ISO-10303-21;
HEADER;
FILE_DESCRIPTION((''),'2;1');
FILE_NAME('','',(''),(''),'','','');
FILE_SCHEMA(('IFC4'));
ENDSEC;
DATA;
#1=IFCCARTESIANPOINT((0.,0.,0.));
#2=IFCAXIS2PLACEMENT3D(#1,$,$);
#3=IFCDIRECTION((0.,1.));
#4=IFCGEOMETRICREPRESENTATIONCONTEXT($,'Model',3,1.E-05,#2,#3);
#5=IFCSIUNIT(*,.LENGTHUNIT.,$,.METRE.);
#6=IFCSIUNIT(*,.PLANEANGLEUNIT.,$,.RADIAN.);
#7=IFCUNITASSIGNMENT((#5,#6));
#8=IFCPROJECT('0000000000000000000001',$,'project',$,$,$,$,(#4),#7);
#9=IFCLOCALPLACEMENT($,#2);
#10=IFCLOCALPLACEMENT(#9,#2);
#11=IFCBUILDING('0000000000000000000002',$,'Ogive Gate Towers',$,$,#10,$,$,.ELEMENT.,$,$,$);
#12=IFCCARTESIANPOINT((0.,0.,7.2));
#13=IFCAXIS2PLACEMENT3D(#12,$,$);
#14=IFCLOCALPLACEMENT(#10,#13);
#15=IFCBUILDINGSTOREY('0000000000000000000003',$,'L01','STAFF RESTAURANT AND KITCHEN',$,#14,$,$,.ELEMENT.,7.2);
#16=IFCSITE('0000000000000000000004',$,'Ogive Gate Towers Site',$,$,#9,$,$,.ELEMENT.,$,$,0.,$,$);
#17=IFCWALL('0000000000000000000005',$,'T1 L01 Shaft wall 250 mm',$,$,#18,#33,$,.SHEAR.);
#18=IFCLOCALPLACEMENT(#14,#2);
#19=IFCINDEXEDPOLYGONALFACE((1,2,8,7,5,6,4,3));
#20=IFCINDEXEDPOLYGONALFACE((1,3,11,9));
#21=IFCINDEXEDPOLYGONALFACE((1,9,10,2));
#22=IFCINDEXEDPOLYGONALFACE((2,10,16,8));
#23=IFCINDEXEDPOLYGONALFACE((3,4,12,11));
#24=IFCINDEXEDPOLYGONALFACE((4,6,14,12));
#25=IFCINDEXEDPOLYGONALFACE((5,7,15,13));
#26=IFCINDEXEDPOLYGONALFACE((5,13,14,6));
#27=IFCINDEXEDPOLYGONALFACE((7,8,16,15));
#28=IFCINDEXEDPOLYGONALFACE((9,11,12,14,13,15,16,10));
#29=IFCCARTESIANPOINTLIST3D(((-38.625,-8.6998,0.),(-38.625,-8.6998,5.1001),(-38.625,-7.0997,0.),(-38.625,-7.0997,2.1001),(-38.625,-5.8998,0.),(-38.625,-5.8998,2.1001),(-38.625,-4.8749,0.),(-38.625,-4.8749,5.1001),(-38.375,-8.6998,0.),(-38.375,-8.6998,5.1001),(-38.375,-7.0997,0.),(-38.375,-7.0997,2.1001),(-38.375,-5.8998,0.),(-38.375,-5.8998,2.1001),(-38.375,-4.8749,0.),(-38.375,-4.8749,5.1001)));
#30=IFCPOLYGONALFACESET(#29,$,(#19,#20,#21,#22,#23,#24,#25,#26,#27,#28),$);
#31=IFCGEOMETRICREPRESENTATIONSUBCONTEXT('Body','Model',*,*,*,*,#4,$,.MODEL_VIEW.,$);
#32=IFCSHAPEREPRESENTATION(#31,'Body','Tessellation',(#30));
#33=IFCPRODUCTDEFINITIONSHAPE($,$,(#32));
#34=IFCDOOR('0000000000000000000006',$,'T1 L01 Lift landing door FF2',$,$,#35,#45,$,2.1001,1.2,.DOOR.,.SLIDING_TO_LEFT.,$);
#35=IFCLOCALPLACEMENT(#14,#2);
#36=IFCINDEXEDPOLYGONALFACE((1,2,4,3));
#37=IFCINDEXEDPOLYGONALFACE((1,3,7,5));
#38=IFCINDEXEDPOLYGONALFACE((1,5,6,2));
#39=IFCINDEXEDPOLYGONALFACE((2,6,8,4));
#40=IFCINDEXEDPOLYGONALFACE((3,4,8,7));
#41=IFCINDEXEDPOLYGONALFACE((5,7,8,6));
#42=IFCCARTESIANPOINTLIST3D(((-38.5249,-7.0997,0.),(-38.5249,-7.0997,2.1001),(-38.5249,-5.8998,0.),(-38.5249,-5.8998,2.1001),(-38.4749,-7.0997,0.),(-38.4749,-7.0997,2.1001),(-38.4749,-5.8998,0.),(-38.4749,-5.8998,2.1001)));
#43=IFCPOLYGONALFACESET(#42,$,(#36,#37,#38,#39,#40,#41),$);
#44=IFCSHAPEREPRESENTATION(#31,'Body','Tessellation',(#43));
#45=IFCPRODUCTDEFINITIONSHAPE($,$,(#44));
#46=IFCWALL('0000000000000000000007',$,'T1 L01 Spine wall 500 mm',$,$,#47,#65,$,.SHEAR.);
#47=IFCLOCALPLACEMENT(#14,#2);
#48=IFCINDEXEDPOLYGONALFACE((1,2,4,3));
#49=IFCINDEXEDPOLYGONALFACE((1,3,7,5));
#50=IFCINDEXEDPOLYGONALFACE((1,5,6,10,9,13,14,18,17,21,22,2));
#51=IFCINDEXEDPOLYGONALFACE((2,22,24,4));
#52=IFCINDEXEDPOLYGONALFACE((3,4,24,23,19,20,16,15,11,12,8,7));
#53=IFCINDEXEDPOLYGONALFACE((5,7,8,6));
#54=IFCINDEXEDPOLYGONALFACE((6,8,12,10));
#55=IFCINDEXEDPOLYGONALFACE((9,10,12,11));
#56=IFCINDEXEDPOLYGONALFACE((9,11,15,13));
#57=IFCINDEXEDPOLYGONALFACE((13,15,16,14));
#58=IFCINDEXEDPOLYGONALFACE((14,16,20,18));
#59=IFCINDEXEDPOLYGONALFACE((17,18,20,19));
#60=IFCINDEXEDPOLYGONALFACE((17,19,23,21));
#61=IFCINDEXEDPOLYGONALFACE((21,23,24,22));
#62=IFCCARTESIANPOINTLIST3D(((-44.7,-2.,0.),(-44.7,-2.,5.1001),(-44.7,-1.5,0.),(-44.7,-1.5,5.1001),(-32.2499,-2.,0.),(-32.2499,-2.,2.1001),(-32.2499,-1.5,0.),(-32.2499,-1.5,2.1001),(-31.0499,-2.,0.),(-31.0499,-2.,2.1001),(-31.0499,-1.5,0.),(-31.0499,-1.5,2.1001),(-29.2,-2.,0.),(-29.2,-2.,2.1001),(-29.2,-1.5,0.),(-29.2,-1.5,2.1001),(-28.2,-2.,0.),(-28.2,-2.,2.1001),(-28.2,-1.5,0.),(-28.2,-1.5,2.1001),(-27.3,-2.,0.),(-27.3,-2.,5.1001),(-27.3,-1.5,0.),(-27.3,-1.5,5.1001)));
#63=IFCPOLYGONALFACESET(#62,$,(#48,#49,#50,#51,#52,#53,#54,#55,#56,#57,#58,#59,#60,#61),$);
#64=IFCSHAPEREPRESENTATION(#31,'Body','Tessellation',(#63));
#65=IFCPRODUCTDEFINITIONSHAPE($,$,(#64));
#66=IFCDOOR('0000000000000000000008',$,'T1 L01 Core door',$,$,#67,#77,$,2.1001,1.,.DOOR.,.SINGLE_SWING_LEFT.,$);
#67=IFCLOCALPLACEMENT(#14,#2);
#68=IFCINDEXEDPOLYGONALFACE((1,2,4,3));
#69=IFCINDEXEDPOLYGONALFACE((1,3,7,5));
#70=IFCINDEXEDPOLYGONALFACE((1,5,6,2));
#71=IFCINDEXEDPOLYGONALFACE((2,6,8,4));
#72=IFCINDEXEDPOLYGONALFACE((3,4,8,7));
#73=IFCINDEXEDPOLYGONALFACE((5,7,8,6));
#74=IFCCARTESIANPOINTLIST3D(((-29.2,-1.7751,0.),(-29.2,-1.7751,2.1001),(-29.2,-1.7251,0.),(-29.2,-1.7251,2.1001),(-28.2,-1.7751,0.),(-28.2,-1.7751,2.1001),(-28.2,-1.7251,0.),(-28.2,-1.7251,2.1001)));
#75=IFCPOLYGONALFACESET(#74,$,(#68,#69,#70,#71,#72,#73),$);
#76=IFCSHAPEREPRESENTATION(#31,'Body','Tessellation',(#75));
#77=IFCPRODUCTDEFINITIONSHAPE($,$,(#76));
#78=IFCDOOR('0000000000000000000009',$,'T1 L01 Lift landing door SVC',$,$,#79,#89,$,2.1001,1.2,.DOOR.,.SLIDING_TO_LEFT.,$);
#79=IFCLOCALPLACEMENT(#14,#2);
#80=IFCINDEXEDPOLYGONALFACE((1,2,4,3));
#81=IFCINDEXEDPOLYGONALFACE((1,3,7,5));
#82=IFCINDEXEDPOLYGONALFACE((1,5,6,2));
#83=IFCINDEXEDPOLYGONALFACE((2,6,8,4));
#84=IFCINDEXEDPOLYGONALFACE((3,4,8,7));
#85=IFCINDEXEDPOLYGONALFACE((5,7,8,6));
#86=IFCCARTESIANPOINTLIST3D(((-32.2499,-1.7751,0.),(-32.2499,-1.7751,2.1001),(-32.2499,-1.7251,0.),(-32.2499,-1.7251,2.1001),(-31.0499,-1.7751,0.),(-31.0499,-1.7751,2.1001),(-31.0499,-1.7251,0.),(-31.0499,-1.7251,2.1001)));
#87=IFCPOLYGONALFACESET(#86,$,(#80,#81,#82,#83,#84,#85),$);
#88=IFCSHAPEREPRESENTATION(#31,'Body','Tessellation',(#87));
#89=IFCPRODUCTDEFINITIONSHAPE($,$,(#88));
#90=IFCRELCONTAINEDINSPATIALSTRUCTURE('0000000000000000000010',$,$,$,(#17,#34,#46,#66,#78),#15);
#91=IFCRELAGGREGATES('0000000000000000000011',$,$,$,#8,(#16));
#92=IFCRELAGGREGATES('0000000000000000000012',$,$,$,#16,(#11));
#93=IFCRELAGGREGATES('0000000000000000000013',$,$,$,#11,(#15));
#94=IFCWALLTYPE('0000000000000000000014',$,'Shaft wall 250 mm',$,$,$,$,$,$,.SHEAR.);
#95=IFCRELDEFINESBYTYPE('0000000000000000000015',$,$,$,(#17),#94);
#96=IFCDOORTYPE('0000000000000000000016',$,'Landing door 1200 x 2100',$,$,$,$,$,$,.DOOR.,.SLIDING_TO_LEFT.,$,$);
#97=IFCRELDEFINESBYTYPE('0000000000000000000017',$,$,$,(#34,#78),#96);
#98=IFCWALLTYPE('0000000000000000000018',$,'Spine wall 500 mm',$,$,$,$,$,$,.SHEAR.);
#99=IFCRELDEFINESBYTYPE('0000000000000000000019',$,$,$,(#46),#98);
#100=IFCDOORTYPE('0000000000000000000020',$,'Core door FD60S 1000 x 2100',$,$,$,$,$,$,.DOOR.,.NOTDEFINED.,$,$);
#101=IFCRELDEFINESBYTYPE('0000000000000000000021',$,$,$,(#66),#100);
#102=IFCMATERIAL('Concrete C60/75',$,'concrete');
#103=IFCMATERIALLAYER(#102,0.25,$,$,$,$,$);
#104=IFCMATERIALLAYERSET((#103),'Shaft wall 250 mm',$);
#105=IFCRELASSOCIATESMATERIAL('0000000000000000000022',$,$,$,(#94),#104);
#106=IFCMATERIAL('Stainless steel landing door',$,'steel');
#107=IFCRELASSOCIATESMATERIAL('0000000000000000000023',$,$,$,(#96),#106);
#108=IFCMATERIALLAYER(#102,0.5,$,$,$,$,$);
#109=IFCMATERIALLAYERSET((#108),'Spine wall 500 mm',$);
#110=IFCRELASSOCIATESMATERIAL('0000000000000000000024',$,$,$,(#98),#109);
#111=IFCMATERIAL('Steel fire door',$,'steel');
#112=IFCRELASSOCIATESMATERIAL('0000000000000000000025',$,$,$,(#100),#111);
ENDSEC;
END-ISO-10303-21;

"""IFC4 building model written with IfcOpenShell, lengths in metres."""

from ifc_helpers import new_model, si_unit, direction, frame, frame_2d, origin, place, context, subcontext, project, spatial, rectangle, extrude, material, layer, layer_set, type_object, element, fill, save


model = new_model("IFC4")

# Units and contexts
model_context = context("Model", 3, precision=1e-05, world=origin(), true_north=direction((0.0, 1.0)))
body_context = subcontext(model_context, "Body", "Model", "MODEL_VIEW")
ifc_project = project(units=[si_unit("LENGTHUNIT", "METRE"), si_unit("PLANEANGLEUNIT", "RADIAN")], contexts=[model_context])

# Site, building, storey
site_placement = place(None, origin())
site = spatial("IfcSite", under=ifc_project, at=site_placement, Name="Ogive Gate Towers Site", CompositionType="ELEMENT", RefElevation=0.0)
building_placement = place(site_placement, origin())
building = spatial("IfcBuilding", under=site, at=building_placement, Name="Ogive Gate Towers", CompositionType="ELEMENT")
storey_placement = place(building_placement, frame((0.0, 0.0, 7.2)))
storey = spatial("IfcBuildingStorey", under=building, at=storey_placement, Name="L01", Description="STAFF RESTAURANT AND KITCHEN", CompositionType="ELEMENT", Elevation=7.2)

# Shared definitions
ifc_material_1 = material(Name="Concrete C60/75", Category="concrete")
ifc_material_2 = material(Name="Steel fire door", Category="steel")

# Shared definitions
ifc_layer_1 = layer(ifc_material_1, 0.25)
ifc_layer_set_1 = layer_set([ifc_layer_1], Name="Shaft wall 250 mm")
wall_type_1 = type_object("IfcWallType", Name="Shaft wall 250 mm", PredefinedType="SHEAR", material=ifc_layer_set_1)

# Wall, opening, door
wall_1_placement = place(storey_placement, frame((-38.5, -8.7, 0.0), z_axis=(0.0, 0.0, 1.0), x_axis=(0.0, 1.0, 0.0)))
wall_1 = element("IfcWall", 1, at=wall_1_placement, inside=storey, type_object=wall_type_1, Name="T1 L01 Shaft wall 250 mm", PredefinedType="SHEAR", context=body_context, shape_type="SweptSolid", body=[
    extrude(rectangle(XDim=3.825, YDim=0.25, at=frame_2d((1.9126, 0.0))), origin(), (0.0, 0.0, 1.0), 5.1001),
])
opening_1_placement = place(wall_1_placement, frame((1.6001, 0.0, 0.0)))
opening_1 = element("IfcOpeningElement", 2, at=opening_1_placement, cuts=wall_1, PredefinedType="OPENING", context=body_context, shape_type="SweptSolid", body=[
    extrude(rectangle(XDim=1.2, YDim=2.1001, at=frame_2d((0.6001, 1.05))), frame((0.0, 0.135, 0.0), z_axis=(0.0, -1.0, 0.0), x_axis=(1.0, 0.0, 0.0)), (0.0, 0.0, 1.0), 0.27),
])
ifc_material_3 = material(Name="Stainless steel landing door", Category="steel")
door_type_1 = type_object("IfcDoorType", Name="Landing door 1200 x 2100", OperationType="SLIDING_TO_LEFT", PredefinedType="DOOR", material=ifc_material_3)
door_1_placement = place(opening_1_placement, origin())
door_1 = element("IfcDoor", 3, at=door_1_placement, inside=storey, type_object=door_type_1, Name="T1 L01 Lift landing door FF2", OperationType="SLIDING_TO_LEFT", OverallHeight=2.1001, OverallWidth=1.2, PredefinedType="DOOR", context=body_context, shape_type="SweptSolid", body=[
    extrude(rectangle(XDim=1.2, YDim=2.1001, at=frame_2d((0.6001, 1.05))), frame((0.0, 0.0249, 0.0), z_axis=(0.0, -1.0, 0.0), x_axis=(1.0, 0.0, 0.0)), (0.0, 0.0, 1.0), 0.05),
])
fill(opening_1, door_1)

# Wall, openings, doors
ifc_layer_2 = layer(ifc_material_1, 0.5)
ifc_layer_set_2 = layer_set([ifc_layer_2], Name="Spine wall 500 mm")
wall_type_2 = type_object("IfcWallType", Name="Spine wall 500 mm", PredefinedType="SHEAR", material=ifc_layer_set_2)
wall_2_placement = place(storey_placement, frame((-44.7, -1.75, 0.0), z_axis=(0.0, 0.0, 1.0), x_axis=(1.0, 0.0, 0.0)))
wall_2 = element("IfcWall", 4, at=wall_2_placement, inside=storey, type_object=wall_type_2, Name="T1 L01 Spine wall 500 mm", PredefinedType="SHEAR", context=body_context, shape_type="SweptSolid", body=[
    extrude(rectangle(XDim=17.3999, YDim=0.5, at=frame_2d((8.7, 0.0))), origin(), (0.0, 0.0, 1.0), 5.1001),
])
opening_2_placement = place(wall_2_placement, frame((12.45, 0.0, 0.0)))
opening_2 = element("IfcOpeningElement", 5, at=opening_2_placement, cuts=wall_2, PredefinedType="OPENING", context=body_context, shape_type="SweptSolid", body=[
    extrude(rectangle(XDim=1.2, YDim=2.1001, at=frame_2d((0.6001, 1.05))), frame((0.0, 0.26, 0.0), z_axis=(0.0, -1.0, 0.0), x_axis=(1.0, 0.0, 0.0)), (0.0, 0.0, 1.0), 0.52),
])
opening_3_placement = place(wall_2_placement, frame((15.5, 0.0, 0.0)))
opening_3 = element("IfcOpeningElement", 6, at=opening_3_placement, cuts=wall_2, PredefinedType="OPENING", context=body_context, shape_type="SweptSolid", body=[
    extrude(rectangle(XDim=1.0, YDim=2.1001, at=frame_2d((0.5, 1.05))), frame((0.0, 0.26, 0.0), z_axis=(0.0, -1.0, 0.0), x_axis=(1.0, 0.0, 0.0)), (0.0, 0.0, 1.0), 0.52),
])
door_type_2 = type_object("IfcDoorType", Name="Core door FD60S 1000 x 2100", OperationType="NOTDEFINED", PredefinedType="DOOR", material=ifc_material_2)
door_2_placement = place(opening_3_placement, origin())
door_2 = element("IfcDoor", 7, at=door_2_placement, inside=storey, type_object=door_type_2, Name="T1 L01 Core door", OperationType="SINGLE_SWING_LEFT", OverallHeight=2.1001, OverallWidth=1.0, PredefinedType="DOOR", context=body_context, shape_type="SweptSolid", body=[
    extrude(rectangle(XDim=1.0, YDim=2.1001, at=frame_2d((0.5, 1.05))), frame((0.0, 0.0249, 0.0), z_axis=(0.0, -1.0, 0.0), x_axis=(1.0, 0.0, 0.0)), (0.0, 0.0, 1.0), 0.05),
])
fill(opening_3, door_2)
door_3_placement = place(opening_2_placement, origin())
door_3 = element("IfcDoor", 8, at=door_3_placement, inside=storey, type_object=door_type_1, Name="T1 L01 Lift landing door SVC", OperationType="SLIDING_TO_LEFT", OverallHeight=2.1001, OverallWidth=1.2, PredefinedType="DOOR", context=body_context, shape_type="SweptSolid", body=[
    extrude(rectangle(XDim=1.2, YDim=2.1001, at=frame_2d((0.6001, 1.05))), frame((0.0, 0.0249, 0.0), z_axis=(0.0, -1.0, 0.0), x_axis=(1.0, 0.0, 0.0)), (0.0, 0.0, 1.0), 0.05),
])
fill(opening_2, door_3)

save(model, "model.ifc")
